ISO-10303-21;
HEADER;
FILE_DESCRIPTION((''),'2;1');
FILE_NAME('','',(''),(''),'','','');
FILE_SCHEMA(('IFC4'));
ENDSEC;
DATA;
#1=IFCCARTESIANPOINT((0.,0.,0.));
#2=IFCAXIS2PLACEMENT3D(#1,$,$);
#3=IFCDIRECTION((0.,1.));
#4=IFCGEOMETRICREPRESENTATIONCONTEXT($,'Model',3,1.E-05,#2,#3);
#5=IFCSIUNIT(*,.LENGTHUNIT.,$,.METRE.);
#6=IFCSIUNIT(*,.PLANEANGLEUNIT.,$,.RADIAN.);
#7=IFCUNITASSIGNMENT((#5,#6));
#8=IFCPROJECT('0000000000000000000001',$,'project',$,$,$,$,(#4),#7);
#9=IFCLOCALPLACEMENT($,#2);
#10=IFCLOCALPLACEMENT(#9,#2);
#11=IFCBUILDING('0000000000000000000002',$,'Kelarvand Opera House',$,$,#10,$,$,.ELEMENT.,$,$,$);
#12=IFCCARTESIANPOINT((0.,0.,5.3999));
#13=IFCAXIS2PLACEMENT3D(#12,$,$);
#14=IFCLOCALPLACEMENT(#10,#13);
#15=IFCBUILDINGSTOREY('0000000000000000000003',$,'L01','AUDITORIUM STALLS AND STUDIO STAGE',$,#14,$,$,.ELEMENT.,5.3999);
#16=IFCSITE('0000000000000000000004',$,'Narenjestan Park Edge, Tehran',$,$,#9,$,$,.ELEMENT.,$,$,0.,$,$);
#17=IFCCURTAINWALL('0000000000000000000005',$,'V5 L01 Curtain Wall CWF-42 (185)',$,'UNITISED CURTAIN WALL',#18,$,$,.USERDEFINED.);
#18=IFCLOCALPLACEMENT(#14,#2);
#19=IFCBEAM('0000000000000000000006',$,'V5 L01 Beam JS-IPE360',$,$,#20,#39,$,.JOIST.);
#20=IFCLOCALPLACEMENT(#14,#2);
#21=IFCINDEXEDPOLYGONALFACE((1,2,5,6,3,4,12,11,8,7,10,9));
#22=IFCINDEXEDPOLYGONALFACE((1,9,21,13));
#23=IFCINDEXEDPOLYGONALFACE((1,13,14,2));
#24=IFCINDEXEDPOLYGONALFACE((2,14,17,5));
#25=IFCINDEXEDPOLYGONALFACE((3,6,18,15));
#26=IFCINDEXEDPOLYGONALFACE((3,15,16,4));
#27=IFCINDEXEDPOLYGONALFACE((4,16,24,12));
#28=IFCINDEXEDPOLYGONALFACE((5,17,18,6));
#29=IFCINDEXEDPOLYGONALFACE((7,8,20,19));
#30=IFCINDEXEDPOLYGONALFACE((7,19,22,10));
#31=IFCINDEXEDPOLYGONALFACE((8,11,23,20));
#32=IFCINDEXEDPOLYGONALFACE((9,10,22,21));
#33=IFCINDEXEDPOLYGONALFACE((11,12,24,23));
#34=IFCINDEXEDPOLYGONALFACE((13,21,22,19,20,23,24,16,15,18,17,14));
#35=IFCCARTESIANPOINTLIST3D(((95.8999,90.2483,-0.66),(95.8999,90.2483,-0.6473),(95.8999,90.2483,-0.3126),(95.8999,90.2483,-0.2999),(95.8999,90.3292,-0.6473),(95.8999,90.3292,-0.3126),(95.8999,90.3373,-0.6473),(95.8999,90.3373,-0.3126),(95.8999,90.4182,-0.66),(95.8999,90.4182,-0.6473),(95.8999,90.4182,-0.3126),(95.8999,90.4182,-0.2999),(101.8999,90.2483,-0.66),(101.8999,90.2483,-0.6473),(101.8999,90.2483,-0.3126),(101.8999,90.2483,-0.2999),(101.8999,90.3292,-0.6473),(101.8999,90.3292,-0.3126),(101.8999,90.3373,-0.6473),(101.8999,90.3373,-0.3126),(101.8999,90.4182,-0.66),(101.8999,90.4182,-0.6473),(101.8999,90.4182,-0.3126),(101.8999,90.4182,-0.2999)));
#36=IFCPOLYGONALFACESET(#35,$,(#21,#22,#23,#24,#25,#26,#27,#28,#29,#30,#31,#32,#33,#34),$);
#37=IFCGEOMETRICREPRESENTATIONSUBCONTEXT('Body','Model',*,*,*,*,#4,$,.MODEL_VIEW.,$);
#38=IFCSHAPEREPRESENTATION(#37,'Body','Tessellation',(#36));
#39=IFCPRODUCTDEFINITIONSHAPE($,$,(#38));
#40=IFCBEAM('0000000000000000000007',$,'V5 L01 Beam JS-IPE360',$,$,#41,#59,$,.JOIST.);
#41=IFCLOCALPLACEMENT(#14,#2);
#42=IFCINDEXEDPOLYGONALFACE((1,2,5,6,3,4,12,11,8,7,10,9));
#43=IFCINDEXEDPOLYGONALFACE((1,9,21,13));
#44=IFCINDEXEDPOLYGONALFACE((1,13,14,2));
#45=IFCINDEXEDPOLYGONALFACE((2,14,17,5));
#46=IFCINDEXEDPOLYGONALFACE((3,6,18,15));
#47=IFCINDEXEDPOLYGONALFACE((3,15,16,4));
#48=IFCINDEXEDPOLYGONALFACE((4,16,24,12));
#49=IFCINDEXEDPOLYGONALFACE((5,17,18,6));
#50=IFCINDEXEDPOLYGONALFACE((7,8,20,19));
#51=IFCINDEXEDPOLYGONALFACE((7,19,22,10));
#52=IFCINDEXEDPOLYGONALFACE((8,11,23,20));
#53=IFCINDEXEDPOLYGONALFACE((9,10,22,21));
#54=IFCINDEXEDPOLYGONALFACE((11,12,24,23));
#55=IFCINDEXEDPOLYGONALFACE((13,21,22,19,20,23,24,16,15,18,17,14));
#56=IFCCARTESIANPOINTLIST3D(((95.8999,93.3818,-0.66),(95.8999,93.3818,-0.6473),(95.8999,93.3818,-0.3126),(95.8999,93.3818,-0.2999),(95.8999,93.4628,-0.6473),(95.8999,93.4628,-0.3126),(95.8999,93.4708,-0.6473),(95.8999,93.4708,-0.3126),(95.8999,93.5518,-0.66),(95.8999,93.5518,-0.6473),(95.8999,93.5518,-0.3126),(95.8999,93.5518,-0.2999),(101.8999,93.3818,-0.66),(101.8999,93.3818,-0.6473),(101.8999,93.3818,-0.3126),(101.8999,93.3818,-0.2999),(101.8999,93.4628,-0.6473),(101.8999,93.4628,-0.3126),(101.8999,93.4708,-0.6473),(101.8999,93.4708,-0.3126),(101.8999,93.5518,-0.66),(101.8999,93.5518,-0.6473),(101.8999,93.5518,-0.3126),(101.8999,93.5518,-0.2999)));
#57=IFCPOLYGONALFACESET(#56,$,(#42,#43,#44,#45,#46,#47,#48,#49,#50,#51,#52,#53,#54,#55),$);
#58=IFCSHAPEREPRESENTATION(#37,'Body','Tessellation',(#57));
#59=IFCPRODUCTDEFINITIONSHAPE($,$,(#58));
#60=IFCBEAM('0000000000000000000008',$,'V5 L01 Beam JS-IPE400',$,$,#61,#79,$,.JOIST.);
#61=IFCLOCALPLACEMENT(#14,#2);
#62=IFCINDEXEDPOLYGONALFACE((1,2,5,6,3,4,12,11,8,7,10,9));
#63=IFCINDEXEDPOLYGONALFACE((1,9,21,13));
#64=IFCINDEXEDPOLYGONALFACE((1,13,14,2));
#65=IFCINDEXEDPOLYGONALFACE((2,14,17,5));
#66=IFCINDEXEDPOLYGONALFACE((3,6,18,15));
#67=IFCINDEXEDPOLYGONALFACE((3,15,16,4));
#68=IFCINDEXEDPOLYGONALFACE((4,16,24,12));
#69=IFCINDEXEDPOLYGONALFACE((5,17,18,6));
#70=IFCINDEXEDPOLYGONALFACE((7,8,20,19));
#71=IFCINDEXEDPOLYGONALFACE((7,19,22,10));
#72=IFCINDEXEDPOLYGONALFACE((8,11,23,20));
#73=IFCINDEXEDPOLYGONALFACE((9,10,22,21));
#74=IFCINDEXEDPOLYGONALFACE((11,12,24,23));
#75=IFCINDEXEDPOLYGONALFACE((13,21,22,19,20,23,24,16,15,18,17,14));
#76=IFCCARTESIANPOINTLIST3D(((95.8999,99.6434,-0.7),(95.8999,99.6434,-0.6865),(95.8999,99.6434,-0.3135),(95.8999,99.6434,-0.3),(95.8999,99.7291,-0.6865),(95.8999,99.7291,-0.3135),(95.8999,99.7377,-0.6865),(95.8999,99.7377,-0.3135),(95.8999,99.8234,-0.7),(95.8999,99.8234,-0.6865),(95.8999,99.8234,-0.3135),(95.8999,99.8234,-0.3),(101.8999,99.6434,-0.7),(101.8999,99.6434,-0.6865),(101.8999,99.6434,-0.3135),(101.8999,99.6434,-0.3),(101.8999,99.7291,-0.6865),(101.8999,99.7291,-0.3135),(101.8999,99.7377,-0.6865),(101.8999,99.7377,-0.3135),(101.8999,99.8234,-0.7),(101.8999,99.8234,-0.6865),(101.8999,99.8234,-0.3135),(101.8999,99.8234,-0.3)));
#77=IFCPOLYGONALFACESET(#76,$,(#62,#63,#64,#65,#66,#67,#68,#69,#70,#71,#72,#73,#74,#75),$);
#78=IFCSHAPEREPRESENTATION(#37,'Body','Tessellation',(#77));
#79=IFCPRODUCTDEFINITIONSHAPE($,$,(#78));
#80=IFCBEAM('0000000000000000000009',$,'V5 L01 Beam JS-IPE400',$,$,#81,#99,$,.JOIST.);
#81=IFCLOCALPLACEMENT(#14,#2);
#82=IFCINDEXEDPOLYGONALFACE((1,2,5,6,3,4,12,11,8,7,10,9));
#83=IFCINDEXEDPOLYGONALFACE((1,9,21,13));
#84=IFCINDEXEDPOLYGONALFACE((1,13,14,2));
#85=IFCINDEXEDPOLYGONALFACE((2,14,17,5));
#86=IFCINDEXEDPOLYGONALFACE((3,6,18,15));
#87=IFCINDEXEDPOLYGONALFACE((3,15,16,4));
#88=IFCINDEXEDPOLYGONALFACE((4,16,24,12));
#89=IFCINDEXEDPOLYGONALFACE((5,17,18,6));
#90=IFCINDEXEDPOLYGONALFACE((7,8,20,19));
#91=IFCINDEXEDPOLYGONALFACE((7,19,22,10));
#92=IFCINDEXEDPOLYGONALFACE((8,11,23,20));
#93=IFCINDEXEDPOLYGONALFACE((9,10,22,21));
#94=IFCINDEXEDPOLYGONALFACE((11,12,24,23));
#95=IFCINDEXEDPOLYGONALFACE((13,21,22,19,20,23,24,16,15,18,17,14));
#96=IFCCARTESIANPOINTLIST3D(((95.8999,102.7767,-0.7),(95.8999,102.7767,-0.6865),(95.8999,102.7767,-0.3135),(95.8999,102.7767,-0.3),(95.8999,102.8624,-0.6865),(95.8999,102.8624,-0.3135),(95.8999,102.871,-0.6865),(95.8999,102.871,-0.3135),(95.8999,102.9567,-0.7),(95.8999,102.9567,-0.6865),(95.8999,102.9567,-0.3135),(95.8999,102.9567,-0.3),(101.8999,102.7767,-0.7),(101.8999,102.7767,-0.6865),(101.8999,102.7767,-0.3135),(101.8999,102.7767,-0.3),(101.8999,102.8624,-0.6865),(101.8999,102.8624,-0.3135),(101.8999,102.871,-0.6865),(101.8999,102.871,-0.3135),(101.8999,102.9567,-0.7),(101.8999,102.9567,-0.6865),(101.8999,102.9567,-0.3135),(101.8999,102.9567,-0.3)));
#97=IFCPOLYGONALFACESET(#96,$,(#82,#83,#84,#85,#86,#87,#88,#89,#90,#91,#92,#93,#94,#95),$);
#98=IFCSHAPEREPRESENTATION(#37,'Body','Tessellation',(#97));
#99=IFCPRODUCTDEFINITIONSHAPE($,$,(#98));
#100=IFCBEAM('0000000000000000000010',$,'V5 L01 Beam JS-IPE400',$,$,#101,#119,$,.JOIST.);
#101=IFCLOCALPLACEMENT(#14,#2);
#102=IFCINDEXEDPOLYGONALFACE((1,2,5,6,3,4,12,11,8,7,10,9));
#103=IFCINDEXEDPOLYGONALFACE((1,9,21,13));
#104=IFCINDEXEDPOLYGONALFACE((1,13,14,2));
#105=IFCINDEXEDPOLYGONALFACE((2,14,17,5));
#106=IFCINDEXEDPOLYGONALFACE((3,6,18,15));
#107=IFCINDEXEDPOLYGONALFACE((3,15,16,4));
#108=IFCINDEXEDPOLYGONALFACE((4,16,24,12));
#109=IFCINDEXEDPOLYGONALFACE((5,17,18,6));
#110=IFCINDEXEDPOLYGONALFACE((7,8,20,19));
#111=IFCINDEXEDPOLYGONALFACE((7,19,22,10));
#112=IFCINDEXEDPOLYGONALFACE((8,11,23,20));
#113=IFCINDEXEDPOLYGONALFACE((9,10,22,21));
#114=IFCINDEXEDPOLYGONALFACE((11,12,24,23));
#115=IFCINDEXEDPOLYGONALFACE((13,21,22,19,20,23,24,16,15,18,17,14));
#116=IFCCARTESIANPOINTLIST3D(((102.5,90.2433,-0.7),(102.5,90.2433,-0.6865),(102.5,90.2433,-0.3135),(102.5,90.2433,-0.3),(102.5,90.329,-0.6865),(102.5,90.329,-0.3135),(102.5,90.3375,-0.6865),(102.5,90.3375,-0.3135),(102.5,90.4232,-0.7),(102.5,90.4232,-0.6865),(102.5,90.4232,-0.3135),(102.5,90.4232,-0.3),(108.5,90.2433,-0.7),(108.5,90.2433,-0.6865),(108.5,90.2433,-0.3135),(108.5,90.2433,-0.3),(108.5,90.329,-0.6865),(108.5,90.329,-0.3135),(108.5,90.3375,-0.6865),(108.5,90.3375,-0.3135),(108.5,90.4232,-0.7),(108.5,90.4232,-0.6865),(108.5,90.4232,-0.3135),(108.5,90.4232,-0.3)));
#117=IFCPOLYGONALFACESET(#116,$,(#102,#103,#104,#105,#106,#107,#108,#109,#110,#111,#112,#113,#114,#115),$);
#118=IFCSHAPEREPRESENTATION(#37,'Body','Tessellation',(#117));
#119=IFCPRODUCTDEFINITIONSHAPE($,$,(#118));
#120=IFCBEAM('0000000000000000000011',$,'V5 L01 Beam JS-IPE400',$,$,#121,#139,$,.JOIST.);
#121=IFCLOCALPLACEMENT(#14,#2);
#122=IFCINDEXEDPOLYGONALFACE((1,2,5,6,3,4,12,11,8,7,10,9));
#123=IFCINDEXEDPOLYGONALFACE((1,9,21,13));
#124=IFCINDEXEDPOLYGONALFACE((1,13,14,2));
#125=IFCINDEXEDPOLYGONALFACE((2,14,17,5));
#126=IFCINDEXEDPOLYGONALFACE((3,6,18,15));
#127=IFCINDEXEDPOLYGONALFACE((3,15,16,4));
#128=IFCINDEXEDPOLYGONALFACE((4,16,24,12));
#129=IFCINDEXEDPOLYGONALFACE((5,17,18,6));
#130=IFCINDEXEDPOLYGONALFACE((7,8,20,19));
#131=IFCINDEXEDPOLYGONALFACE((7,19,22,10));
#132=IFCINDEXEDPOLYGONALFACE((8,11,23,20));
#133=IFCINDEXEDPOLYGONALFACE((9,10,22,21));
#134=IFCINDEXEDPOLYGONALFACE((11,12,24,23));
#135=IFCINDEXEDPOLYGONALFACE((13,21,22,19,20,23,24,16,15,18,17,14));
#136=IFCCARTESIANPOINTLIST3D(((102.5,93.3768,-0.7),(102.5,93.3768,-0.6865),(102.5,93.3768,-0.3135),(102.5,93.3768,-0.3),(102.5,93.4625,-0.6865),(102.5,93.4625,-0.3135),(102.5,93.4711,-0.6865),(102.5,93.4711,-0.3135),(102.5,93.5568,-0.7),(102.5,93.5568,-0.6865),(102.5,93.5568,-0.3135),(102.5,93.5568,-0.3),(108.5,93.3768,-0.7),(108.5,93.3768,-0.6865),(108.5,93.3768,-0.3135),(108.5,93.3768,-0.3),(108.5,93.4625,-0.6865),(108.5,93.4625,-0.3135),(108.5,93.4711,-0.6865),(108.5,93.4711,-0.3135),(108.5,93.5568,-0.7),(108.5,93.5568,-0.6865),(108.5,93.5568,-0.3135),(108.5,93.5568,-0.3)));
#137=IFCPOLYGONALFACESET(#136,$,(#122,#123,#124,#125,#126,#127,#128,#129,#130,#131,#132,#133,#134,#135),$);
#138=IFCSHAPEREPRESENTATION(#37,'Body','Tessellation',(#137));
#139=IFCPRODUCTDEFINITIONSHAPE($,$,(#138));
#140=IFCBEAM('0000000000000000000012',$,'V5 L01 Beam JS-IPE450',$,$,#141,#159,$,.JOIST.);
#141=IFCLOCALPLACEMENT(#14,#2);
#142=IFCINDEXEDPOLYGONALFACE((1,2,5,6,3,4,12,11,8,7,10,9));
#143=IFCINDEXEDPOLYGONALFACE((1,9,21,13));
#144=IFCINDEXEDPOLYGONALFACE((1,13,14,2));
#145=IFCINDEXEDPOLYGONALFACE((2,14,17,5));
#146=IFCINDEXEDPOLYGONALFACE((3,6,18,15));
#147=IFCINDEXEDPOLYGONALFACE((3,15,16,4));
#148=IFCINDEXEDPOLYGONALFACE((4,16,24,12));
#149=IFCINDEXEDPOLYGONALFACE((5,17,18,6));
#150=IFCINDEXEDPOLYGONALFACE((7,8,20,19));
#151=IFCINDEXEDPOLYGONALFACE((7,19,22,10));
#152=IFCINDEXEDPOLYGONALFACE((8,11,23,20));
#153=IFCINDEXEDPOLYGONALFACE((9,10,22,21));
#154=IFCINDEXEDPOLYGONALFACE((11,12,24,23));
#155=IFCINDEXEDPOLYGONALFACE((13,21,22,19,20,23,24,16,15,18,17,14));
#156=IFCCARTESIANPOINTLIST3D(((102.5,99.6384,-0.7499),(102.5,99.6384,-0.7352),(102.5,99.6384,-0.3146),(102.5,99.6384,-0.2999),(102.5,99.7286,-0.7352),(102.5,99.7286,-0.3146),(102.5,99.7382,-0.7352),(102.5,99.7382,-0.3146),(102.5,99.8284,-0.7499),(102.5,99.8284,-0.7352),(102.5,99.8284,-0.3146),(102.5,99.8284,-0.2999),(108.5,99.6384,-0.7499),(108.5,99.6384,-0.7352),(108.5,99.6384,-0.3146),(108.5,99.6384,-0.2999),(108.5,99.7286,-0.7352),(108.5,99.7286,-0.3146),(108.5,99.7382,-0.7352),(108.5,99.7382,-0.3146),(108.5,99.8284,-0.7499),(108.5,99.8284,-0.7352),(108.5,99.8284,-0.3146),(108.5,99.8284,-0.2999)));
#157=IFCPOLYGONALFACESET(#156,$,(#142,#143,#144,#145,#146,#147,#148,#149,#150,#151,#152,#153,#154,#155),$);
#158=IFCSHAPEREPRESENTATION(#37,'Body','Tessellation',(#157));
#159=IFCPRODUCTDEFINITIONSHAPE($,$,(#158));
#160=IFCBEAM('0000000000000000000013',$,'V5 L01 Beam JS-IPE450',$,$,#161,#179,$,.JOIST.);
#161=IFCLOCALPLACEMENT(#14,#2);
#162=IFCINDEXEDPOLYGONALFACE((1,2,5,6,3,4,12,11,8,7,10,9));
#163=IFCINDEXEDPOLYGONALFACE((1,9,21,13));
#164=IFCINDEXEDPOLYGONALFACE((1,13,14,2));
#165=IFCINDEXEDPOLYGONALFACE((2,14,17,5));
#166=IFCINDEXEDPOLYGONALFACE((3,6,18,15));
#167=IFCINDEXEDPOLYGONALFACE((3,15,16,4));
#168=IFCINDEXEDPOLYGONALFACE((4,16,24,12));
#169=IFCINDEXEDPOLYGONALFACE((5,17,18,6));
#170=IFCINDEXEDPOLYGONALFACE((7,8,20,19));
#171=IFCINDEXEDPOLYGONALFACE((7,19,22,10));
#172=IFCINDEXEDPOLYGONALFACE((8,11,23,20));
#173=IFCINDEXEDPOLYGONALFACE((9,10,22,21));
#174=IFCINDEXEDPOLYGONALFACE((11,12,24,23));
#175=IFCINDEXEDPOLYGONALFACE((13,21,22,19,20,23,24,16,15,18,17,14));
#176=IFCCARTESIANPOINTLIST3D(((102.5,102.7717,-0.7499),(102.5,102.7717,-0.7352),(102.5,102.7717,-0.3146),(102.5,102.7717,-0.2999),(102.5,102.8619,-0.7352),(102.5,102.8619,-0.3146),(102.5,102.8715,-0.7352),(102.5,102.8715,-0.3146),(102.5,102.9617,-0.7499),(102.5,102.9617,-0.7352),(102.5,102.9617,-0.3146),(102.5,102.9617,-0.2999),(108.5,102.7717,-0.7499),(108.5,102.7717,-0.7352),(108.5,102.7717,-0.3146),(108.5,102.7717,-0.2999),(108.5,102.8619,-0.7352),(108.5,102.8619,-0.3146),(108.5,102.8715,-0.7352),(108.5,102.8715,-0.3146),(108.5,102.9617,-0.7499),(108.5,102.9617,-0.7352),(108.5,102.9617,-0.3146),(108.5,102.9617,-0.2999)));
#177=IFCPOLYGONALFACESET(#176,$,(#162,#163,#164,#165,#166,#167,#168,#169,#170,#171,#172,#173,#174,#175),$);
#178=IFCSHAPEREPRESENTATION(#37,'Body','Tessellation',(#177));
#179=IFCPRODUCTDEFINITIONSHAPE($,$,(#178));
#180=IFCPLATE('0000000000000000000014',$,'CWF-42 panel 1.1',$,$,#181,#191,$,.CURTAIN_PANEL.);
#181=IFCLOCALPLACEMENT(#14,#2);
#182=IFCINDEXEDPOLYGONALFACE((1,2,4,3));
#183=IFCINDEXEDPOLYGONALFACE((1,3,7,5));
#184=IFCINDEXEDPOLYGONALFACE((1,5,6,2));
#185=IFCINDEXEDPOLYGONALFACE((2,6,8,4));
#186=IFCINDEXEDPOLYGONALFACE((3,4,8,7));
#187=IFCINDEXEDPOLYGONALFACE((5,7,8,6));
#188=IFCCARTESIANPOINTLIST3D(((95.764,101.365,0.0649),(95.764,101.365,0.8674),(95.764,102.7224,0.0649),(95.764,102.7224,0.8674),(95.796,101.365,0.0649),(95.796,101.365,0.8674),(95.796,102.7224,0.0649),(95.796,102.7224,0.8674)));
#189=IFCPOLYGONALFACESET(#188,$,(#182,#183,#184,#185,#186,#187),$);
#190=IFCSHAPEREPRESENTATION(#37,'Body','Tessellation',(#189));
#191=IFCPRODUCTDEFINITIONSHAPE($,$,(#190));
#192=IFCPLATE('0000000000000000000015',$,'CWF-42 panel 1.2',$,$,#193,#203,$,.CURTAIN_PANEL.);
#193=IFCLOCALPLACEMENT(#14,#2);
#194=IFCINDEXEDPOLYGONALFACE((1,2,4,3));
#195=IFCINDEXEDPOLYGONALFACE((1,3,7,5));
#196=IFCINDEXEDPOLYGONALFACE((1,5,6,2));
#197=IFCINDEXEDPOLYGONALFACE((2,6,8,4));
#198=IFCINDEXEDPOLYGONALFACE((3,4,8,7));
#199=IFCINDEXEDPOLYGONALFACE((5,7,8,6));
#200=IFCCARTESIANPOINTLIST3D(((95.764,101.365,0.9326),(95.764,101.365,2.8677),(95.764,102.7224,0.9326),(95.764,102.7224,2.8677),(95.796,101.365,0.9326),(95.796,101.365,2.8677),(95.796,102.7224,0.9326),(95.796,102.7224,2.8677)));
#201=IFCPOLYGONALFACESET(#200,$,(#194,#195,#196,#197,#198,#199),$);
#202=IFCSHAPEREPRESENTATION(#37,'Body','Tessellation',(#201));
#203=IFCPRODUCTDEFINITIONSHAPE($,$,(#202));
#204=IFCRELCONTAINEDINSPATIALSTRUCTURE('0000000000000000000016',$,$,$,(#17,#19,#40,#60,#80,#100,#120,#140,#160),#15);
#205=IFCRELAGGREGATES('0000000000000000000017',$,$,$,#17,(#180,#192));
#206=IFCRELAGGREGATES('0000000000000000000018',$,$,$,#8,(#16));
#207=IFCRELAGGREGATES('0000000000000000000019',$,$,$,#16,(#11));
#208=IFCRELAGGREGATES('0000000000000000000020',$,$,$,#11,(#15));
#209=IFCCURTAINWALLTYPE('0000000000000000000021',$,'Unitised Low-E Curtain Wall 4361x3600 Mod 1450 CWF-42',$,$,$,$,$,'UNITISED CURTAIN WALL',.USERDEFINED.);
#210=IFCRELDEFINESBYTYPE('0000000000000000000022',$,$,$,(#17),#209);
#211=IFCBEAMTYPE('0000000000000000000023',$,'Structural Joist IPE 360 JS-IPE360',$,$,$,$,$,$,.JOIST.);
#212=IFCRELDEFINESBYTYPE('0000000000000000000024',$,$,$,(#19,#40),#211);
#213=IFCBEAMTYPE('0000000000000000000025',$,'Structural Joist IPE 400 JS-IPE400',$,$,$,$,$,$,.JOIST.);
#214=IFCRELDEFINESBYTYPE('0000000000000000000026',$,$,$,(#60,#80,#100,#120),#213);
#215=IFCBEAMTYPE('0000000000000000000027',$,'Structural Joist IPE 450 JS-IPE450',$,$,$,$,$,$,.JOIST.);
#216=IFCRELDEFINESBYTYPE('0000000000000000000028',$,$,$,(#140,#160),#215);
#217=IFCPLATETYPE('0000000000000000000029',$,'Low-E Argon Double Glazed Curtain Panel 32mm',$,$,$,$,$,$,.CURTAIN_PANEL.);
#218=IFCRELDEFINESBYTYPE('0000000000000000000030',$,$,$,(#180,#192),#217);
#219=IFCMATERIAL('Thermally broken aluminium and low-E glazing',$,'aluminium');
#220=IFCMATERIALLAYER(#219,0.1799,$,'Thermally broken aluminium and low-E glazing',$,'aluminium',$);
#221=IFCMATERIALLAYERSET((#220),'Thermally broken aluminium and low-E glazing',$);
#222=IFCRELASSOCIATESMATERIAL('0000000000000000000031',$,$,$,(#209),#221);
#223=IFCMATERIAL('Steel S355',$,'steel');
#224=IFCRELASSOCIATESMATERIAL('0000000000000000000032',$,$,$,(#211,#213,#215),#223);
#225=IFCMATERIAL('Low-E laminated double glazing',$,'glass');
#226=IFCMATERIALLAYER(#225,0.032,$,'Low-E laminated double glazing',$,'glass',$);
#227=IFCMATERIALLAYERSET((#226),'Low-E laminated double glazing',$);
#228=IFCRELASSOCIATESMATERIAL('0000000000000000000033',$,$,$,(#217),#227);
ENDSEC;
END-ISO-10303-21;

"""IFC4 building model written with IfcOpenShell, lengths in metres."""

from ifc_helpers import new_model, si_unit, direction, frame, origin, origin_2d, place, context, subcontext, project, spatial, rectangle, i_section, extrude, material, layer, layer_set, material_profile, profile_set, type_object, element, aggregate, save


model = new_model("IFC4")

# Units and contexts
model_context = context("Model", 3, precision=1e-05, world=origin(), true_north=direction((0.0, 1.0)))
body_context = subcontext(model_context, "Body", "Model", "MODEL_VIEW")
ifc_project = project(units=[si_unit("LENGTHUNIT", "METRE"), si_unit("PLANEANGLEUNIT", "RADIAN")], contexts=[model_context])

# Site, building, storey
site_placement = place(None, origin())
site = spatial("IfcSite", under=ifc_project, at=site_placement, Name="Narenjestan Park Edge, Tehran", CompositionType="ELEMENT", RefElevation=0.0)
building_placement = place(site_placement, origin())
building = spatial("IfcBuilding", under=site, at=building_placement, Name="Kelarvand Opera House", CompositionType="ELEMENT")
storey_placement = place(building_placement, frame((0.0, 0.0, 5.3999)))
storey = spatial("IfcBuildingStorey", under=building, at=storey_placement, Name="L01", Description="AUDITORIUM STALLS AND STUDIO STAGE", CompositionType="ELEMENT", Elevation=5.3999)

# Curtain wall
ifc_material_1 = material(Name="Thermally broken aluminium and low-E glazing", Category="aluminium")
ifc_layer_1 = layer(ifc_material_1, 0.1799, Name="Thermally broken aluminium and low-E glazing", Category="aluminium")
ifc_layer_set_1 = layer_set([ifc_layer_1], Name="Thermally broken aluminium and low-E glazing")
curtain_wall_type = type_object("IfcCurtainWallType", Name="Unitised Low-E Curtain Wall 4361x3600 Mod 1450 CWF-42", ElementType="UNITISED CURTAIN WALL", PredefinedType="USERDEFINED", material=ifc_layer_set_1)
curtain_wall_placement = place(storey_placement, origin())
curtain_wall = element("IfcCurtainWall", 1, at=curtain_wall_placement, inside=storey, type_object=curtain_wall_type, Name="V5 L01 Curtain Wall CWF-42 (185)", ObjectType="UNITISED CURTAIN WALL", PredefinedType="USERDEFINED")

# Beams
ifc_material_2 = material(Name="Steel S355", Category="steel")
ifc_material_profile_1 = material_profile(ifc_material_2, i_section(OverallWidth=0.1699, OverallDepth=0.3601, WebThickness=0.0081, FlangeThickness=0.0127, at=origin_2d()), Name="IPE 360", Category="steel")
ifc_profile_set_1 = profile_set([ifc_material_profile_1], Name="Steel S355")
beam_type_1 = type_object("IfcBeamType", Name="Structural Joist IPE 360 JS-IPE360", PredefinedType="JOIST", material=ifc_profile_set_1)
for number, where, z_axis, x_axis, name in (
    (2, (95.8999, 90.3333, -0.48), (1.0, 0.0, 0.0), (0.0, 1.0, 0.0), "V5 L01 Beam JS-IPE360"),
    (3, (95.8999, 93.4668, -0.48), (1.0, 0.0, 0.0), (0.0, 1.0, 0.0), "V5 L01 Beam JS-IPE360"),
):
    element("IfcBeam", number, at=place(storey_placement, frame(where, z_axis=z_axis, x_axis=x_axis)), inside=storey, type_object=beam_type_1, Name=name, PredefinedType="JOIST", context=body_context, shape_type="SweptSolid", body=[
        extrude(i_section(OverallWidth=0.1699, OverallDepth=0.3601, WebThickness=0.0081, FlangeThickness=0.0127, at=origin_2d()), origin(), (0.0, 0.0, 1.0), 6.0),
    ])
ifc_material_profile_2 = material_profile(ifc_material_2, i_section(OverallWidth=0.1799, OverallDepth=0.3999, WebThickness=0.0085, FlangeThickness=0.0134, at=origin_2d()), Name="IPE 400", Category="steel")
ifc_profile_set_2 = profile_set([ifc_material_profile_2], Name="Steel S355")
beam_type_2 = type_object("IfcBeamType", Name="Structural Joist IPE 400 JS-IPE400", PredefinedType="JOIST", material=ifc_profile_set_2)
for number, where, z_axis, x_axis, name in (
    (4, (95.8999, 99.7334, -0.5), (1.0, 0.0, 0.0), (0.0, 1.0, 0.0), "V5 L01 Beam JS-IPE400"),
    (5, (95.8999, 102.8667, -0.5), (1.0, 0.0, 0.0), (0.0, 1.0, 0.0), "V5 L01 Beam JS-IPE400"),
    (6, (102.5, 90.3333, -0.5), (1.0, 0.0, 0.0), (0.0, 1.0, 0.0), "V5 L01 Beam JS-IPE400"),
    (7, (102.5, 93.4668, -0.5), (1.0, 0.0, 0.0), (0.0, 1.0, 0.0), "V5 L01 Beam JS-IPE400"),
):
    element("IfcBeam", number, at=place(storey_placement, frame(where, z_axis=z_axis, x_axis=x_axis)), inside=storey, type_object=beam_type_2, Name=name, PredefinedType="JOIST", context=body_context, shape_type="SweptSolid", body=[
        extrude(i_section(OverallWidth=0.1799, OverallDepth=0.3999, WebThickness=0.0085, FlangeThickness=0.0134, at=origin_2d()), origin(), (0.0, 0.0, 1.0), 6.0),
    ])
ifc_material_profile_3 = material_profile(ifc_material_2, i_section(OverallWidth=0.1899, OverallDepth=0.45, WebThickness=0.0095, FlangeThickness=0.0146, at=origin_2d()), Name="IPE 450", Category="steel")
ifc_profile_set_3 = profile_set([ifc_material_profile_3], Name="Steel S355")
beam_type_3 = type_object("IfcBeamType", Name="Structural Joist IPE 450 JS-IPE450", PredefinedType="JOIST", material=ifc_profile_set_3)
for number, where, z_axis, x_axis, name in (
    (8, (102.5, 99.7334, -0.5249), (1.0, 0.0, 0.0), (0.0, 1.0, 0.0), "V5 L01 Beam JS-IPE450"),
    (9, (102.5, 102.8667, -0.5249), (1.0, 0.0, 0.0), (0.0, 1.0, 0.0), "V5 L01 Beam JS-IPE450"),
):
    element("IfcBeam", number, at=place(storey_placement, frame(where, z_axis=z_axis, x_axis=x_axis)), inside=storey, type_object=beam_type_3, Name=name, PredefinedType="JOIST", context=body_context, shape_type="SweptSolid", body=[
        extrude(i_section(OverallWidth=0.1899, OverallDepth=0.45, WebThickness=0.0095, FlangeThickness=0.0146, at=origin_2d()), origin(), (0.0, 0.0, 1.0), 6.0),
    ])

# Plates
ifc_material_3 = material(Name="Low-E laminated double glazing", Category="glass")
ifc_layer_2 = layer(ifc_material_3, 0.032, Name="Low-E laminated double glazing", Category="glass")
ifc_layer_set_2 = layer_set([ifc_layer_2], Name="Low-E laminated double glazing")
plate_type = type_object("IfcPlateType", Name="Low-E Argon Double Glazed Curtain Panel 32mm", PredefinedType="CURTAIN_PANEL", material=ifc_layer_set_2)
plate_1_placement = place(storey_placement, frame((95.78, 102.0437, 0.0649), z_axis=(0.0, 0.0, 1.0), x_axis=(0.0, 1.0, 0.0)))
plate_1 = element("IfcPlate", 10, at=plate_1_placement, type_object=plate_type, Name="CWF-42 panel 1.1", PredefinedType="CURTAIN_PANEL", context=body_context, shape_type="SweptSolid", body=[
    extrude(rectangle(XDim=1.3574, YDim=0.032, at=origin_2d()), origin(), (0.0, 0.0, 1.0), 0.8025),
])
plate_2_placement = place(storey_placement, frame((95.78, 102.0437, 0.9326), z_axis=(0.0, 0.0, 1.0), x_axis=(0.0, 1.0, 0.0)))
plate_2 = element("IfcPlate", 11, at=plate_2_placement, type_object=plate_type, Name="CWF-42 panel 1.2", PredefinedType="CURTAIN_PANEL", context=body_context, shape_type="SweptSolid", body=[
    extrude(rectangle(XDim=1.3574, YDim=0.032, at=origin_2d()), origin(), (0.0, 0.0, 1.0), 1.9351),
])
aggregate(curtain_wall, [plate_1, plate_2])

save(model, "model.ifc")
